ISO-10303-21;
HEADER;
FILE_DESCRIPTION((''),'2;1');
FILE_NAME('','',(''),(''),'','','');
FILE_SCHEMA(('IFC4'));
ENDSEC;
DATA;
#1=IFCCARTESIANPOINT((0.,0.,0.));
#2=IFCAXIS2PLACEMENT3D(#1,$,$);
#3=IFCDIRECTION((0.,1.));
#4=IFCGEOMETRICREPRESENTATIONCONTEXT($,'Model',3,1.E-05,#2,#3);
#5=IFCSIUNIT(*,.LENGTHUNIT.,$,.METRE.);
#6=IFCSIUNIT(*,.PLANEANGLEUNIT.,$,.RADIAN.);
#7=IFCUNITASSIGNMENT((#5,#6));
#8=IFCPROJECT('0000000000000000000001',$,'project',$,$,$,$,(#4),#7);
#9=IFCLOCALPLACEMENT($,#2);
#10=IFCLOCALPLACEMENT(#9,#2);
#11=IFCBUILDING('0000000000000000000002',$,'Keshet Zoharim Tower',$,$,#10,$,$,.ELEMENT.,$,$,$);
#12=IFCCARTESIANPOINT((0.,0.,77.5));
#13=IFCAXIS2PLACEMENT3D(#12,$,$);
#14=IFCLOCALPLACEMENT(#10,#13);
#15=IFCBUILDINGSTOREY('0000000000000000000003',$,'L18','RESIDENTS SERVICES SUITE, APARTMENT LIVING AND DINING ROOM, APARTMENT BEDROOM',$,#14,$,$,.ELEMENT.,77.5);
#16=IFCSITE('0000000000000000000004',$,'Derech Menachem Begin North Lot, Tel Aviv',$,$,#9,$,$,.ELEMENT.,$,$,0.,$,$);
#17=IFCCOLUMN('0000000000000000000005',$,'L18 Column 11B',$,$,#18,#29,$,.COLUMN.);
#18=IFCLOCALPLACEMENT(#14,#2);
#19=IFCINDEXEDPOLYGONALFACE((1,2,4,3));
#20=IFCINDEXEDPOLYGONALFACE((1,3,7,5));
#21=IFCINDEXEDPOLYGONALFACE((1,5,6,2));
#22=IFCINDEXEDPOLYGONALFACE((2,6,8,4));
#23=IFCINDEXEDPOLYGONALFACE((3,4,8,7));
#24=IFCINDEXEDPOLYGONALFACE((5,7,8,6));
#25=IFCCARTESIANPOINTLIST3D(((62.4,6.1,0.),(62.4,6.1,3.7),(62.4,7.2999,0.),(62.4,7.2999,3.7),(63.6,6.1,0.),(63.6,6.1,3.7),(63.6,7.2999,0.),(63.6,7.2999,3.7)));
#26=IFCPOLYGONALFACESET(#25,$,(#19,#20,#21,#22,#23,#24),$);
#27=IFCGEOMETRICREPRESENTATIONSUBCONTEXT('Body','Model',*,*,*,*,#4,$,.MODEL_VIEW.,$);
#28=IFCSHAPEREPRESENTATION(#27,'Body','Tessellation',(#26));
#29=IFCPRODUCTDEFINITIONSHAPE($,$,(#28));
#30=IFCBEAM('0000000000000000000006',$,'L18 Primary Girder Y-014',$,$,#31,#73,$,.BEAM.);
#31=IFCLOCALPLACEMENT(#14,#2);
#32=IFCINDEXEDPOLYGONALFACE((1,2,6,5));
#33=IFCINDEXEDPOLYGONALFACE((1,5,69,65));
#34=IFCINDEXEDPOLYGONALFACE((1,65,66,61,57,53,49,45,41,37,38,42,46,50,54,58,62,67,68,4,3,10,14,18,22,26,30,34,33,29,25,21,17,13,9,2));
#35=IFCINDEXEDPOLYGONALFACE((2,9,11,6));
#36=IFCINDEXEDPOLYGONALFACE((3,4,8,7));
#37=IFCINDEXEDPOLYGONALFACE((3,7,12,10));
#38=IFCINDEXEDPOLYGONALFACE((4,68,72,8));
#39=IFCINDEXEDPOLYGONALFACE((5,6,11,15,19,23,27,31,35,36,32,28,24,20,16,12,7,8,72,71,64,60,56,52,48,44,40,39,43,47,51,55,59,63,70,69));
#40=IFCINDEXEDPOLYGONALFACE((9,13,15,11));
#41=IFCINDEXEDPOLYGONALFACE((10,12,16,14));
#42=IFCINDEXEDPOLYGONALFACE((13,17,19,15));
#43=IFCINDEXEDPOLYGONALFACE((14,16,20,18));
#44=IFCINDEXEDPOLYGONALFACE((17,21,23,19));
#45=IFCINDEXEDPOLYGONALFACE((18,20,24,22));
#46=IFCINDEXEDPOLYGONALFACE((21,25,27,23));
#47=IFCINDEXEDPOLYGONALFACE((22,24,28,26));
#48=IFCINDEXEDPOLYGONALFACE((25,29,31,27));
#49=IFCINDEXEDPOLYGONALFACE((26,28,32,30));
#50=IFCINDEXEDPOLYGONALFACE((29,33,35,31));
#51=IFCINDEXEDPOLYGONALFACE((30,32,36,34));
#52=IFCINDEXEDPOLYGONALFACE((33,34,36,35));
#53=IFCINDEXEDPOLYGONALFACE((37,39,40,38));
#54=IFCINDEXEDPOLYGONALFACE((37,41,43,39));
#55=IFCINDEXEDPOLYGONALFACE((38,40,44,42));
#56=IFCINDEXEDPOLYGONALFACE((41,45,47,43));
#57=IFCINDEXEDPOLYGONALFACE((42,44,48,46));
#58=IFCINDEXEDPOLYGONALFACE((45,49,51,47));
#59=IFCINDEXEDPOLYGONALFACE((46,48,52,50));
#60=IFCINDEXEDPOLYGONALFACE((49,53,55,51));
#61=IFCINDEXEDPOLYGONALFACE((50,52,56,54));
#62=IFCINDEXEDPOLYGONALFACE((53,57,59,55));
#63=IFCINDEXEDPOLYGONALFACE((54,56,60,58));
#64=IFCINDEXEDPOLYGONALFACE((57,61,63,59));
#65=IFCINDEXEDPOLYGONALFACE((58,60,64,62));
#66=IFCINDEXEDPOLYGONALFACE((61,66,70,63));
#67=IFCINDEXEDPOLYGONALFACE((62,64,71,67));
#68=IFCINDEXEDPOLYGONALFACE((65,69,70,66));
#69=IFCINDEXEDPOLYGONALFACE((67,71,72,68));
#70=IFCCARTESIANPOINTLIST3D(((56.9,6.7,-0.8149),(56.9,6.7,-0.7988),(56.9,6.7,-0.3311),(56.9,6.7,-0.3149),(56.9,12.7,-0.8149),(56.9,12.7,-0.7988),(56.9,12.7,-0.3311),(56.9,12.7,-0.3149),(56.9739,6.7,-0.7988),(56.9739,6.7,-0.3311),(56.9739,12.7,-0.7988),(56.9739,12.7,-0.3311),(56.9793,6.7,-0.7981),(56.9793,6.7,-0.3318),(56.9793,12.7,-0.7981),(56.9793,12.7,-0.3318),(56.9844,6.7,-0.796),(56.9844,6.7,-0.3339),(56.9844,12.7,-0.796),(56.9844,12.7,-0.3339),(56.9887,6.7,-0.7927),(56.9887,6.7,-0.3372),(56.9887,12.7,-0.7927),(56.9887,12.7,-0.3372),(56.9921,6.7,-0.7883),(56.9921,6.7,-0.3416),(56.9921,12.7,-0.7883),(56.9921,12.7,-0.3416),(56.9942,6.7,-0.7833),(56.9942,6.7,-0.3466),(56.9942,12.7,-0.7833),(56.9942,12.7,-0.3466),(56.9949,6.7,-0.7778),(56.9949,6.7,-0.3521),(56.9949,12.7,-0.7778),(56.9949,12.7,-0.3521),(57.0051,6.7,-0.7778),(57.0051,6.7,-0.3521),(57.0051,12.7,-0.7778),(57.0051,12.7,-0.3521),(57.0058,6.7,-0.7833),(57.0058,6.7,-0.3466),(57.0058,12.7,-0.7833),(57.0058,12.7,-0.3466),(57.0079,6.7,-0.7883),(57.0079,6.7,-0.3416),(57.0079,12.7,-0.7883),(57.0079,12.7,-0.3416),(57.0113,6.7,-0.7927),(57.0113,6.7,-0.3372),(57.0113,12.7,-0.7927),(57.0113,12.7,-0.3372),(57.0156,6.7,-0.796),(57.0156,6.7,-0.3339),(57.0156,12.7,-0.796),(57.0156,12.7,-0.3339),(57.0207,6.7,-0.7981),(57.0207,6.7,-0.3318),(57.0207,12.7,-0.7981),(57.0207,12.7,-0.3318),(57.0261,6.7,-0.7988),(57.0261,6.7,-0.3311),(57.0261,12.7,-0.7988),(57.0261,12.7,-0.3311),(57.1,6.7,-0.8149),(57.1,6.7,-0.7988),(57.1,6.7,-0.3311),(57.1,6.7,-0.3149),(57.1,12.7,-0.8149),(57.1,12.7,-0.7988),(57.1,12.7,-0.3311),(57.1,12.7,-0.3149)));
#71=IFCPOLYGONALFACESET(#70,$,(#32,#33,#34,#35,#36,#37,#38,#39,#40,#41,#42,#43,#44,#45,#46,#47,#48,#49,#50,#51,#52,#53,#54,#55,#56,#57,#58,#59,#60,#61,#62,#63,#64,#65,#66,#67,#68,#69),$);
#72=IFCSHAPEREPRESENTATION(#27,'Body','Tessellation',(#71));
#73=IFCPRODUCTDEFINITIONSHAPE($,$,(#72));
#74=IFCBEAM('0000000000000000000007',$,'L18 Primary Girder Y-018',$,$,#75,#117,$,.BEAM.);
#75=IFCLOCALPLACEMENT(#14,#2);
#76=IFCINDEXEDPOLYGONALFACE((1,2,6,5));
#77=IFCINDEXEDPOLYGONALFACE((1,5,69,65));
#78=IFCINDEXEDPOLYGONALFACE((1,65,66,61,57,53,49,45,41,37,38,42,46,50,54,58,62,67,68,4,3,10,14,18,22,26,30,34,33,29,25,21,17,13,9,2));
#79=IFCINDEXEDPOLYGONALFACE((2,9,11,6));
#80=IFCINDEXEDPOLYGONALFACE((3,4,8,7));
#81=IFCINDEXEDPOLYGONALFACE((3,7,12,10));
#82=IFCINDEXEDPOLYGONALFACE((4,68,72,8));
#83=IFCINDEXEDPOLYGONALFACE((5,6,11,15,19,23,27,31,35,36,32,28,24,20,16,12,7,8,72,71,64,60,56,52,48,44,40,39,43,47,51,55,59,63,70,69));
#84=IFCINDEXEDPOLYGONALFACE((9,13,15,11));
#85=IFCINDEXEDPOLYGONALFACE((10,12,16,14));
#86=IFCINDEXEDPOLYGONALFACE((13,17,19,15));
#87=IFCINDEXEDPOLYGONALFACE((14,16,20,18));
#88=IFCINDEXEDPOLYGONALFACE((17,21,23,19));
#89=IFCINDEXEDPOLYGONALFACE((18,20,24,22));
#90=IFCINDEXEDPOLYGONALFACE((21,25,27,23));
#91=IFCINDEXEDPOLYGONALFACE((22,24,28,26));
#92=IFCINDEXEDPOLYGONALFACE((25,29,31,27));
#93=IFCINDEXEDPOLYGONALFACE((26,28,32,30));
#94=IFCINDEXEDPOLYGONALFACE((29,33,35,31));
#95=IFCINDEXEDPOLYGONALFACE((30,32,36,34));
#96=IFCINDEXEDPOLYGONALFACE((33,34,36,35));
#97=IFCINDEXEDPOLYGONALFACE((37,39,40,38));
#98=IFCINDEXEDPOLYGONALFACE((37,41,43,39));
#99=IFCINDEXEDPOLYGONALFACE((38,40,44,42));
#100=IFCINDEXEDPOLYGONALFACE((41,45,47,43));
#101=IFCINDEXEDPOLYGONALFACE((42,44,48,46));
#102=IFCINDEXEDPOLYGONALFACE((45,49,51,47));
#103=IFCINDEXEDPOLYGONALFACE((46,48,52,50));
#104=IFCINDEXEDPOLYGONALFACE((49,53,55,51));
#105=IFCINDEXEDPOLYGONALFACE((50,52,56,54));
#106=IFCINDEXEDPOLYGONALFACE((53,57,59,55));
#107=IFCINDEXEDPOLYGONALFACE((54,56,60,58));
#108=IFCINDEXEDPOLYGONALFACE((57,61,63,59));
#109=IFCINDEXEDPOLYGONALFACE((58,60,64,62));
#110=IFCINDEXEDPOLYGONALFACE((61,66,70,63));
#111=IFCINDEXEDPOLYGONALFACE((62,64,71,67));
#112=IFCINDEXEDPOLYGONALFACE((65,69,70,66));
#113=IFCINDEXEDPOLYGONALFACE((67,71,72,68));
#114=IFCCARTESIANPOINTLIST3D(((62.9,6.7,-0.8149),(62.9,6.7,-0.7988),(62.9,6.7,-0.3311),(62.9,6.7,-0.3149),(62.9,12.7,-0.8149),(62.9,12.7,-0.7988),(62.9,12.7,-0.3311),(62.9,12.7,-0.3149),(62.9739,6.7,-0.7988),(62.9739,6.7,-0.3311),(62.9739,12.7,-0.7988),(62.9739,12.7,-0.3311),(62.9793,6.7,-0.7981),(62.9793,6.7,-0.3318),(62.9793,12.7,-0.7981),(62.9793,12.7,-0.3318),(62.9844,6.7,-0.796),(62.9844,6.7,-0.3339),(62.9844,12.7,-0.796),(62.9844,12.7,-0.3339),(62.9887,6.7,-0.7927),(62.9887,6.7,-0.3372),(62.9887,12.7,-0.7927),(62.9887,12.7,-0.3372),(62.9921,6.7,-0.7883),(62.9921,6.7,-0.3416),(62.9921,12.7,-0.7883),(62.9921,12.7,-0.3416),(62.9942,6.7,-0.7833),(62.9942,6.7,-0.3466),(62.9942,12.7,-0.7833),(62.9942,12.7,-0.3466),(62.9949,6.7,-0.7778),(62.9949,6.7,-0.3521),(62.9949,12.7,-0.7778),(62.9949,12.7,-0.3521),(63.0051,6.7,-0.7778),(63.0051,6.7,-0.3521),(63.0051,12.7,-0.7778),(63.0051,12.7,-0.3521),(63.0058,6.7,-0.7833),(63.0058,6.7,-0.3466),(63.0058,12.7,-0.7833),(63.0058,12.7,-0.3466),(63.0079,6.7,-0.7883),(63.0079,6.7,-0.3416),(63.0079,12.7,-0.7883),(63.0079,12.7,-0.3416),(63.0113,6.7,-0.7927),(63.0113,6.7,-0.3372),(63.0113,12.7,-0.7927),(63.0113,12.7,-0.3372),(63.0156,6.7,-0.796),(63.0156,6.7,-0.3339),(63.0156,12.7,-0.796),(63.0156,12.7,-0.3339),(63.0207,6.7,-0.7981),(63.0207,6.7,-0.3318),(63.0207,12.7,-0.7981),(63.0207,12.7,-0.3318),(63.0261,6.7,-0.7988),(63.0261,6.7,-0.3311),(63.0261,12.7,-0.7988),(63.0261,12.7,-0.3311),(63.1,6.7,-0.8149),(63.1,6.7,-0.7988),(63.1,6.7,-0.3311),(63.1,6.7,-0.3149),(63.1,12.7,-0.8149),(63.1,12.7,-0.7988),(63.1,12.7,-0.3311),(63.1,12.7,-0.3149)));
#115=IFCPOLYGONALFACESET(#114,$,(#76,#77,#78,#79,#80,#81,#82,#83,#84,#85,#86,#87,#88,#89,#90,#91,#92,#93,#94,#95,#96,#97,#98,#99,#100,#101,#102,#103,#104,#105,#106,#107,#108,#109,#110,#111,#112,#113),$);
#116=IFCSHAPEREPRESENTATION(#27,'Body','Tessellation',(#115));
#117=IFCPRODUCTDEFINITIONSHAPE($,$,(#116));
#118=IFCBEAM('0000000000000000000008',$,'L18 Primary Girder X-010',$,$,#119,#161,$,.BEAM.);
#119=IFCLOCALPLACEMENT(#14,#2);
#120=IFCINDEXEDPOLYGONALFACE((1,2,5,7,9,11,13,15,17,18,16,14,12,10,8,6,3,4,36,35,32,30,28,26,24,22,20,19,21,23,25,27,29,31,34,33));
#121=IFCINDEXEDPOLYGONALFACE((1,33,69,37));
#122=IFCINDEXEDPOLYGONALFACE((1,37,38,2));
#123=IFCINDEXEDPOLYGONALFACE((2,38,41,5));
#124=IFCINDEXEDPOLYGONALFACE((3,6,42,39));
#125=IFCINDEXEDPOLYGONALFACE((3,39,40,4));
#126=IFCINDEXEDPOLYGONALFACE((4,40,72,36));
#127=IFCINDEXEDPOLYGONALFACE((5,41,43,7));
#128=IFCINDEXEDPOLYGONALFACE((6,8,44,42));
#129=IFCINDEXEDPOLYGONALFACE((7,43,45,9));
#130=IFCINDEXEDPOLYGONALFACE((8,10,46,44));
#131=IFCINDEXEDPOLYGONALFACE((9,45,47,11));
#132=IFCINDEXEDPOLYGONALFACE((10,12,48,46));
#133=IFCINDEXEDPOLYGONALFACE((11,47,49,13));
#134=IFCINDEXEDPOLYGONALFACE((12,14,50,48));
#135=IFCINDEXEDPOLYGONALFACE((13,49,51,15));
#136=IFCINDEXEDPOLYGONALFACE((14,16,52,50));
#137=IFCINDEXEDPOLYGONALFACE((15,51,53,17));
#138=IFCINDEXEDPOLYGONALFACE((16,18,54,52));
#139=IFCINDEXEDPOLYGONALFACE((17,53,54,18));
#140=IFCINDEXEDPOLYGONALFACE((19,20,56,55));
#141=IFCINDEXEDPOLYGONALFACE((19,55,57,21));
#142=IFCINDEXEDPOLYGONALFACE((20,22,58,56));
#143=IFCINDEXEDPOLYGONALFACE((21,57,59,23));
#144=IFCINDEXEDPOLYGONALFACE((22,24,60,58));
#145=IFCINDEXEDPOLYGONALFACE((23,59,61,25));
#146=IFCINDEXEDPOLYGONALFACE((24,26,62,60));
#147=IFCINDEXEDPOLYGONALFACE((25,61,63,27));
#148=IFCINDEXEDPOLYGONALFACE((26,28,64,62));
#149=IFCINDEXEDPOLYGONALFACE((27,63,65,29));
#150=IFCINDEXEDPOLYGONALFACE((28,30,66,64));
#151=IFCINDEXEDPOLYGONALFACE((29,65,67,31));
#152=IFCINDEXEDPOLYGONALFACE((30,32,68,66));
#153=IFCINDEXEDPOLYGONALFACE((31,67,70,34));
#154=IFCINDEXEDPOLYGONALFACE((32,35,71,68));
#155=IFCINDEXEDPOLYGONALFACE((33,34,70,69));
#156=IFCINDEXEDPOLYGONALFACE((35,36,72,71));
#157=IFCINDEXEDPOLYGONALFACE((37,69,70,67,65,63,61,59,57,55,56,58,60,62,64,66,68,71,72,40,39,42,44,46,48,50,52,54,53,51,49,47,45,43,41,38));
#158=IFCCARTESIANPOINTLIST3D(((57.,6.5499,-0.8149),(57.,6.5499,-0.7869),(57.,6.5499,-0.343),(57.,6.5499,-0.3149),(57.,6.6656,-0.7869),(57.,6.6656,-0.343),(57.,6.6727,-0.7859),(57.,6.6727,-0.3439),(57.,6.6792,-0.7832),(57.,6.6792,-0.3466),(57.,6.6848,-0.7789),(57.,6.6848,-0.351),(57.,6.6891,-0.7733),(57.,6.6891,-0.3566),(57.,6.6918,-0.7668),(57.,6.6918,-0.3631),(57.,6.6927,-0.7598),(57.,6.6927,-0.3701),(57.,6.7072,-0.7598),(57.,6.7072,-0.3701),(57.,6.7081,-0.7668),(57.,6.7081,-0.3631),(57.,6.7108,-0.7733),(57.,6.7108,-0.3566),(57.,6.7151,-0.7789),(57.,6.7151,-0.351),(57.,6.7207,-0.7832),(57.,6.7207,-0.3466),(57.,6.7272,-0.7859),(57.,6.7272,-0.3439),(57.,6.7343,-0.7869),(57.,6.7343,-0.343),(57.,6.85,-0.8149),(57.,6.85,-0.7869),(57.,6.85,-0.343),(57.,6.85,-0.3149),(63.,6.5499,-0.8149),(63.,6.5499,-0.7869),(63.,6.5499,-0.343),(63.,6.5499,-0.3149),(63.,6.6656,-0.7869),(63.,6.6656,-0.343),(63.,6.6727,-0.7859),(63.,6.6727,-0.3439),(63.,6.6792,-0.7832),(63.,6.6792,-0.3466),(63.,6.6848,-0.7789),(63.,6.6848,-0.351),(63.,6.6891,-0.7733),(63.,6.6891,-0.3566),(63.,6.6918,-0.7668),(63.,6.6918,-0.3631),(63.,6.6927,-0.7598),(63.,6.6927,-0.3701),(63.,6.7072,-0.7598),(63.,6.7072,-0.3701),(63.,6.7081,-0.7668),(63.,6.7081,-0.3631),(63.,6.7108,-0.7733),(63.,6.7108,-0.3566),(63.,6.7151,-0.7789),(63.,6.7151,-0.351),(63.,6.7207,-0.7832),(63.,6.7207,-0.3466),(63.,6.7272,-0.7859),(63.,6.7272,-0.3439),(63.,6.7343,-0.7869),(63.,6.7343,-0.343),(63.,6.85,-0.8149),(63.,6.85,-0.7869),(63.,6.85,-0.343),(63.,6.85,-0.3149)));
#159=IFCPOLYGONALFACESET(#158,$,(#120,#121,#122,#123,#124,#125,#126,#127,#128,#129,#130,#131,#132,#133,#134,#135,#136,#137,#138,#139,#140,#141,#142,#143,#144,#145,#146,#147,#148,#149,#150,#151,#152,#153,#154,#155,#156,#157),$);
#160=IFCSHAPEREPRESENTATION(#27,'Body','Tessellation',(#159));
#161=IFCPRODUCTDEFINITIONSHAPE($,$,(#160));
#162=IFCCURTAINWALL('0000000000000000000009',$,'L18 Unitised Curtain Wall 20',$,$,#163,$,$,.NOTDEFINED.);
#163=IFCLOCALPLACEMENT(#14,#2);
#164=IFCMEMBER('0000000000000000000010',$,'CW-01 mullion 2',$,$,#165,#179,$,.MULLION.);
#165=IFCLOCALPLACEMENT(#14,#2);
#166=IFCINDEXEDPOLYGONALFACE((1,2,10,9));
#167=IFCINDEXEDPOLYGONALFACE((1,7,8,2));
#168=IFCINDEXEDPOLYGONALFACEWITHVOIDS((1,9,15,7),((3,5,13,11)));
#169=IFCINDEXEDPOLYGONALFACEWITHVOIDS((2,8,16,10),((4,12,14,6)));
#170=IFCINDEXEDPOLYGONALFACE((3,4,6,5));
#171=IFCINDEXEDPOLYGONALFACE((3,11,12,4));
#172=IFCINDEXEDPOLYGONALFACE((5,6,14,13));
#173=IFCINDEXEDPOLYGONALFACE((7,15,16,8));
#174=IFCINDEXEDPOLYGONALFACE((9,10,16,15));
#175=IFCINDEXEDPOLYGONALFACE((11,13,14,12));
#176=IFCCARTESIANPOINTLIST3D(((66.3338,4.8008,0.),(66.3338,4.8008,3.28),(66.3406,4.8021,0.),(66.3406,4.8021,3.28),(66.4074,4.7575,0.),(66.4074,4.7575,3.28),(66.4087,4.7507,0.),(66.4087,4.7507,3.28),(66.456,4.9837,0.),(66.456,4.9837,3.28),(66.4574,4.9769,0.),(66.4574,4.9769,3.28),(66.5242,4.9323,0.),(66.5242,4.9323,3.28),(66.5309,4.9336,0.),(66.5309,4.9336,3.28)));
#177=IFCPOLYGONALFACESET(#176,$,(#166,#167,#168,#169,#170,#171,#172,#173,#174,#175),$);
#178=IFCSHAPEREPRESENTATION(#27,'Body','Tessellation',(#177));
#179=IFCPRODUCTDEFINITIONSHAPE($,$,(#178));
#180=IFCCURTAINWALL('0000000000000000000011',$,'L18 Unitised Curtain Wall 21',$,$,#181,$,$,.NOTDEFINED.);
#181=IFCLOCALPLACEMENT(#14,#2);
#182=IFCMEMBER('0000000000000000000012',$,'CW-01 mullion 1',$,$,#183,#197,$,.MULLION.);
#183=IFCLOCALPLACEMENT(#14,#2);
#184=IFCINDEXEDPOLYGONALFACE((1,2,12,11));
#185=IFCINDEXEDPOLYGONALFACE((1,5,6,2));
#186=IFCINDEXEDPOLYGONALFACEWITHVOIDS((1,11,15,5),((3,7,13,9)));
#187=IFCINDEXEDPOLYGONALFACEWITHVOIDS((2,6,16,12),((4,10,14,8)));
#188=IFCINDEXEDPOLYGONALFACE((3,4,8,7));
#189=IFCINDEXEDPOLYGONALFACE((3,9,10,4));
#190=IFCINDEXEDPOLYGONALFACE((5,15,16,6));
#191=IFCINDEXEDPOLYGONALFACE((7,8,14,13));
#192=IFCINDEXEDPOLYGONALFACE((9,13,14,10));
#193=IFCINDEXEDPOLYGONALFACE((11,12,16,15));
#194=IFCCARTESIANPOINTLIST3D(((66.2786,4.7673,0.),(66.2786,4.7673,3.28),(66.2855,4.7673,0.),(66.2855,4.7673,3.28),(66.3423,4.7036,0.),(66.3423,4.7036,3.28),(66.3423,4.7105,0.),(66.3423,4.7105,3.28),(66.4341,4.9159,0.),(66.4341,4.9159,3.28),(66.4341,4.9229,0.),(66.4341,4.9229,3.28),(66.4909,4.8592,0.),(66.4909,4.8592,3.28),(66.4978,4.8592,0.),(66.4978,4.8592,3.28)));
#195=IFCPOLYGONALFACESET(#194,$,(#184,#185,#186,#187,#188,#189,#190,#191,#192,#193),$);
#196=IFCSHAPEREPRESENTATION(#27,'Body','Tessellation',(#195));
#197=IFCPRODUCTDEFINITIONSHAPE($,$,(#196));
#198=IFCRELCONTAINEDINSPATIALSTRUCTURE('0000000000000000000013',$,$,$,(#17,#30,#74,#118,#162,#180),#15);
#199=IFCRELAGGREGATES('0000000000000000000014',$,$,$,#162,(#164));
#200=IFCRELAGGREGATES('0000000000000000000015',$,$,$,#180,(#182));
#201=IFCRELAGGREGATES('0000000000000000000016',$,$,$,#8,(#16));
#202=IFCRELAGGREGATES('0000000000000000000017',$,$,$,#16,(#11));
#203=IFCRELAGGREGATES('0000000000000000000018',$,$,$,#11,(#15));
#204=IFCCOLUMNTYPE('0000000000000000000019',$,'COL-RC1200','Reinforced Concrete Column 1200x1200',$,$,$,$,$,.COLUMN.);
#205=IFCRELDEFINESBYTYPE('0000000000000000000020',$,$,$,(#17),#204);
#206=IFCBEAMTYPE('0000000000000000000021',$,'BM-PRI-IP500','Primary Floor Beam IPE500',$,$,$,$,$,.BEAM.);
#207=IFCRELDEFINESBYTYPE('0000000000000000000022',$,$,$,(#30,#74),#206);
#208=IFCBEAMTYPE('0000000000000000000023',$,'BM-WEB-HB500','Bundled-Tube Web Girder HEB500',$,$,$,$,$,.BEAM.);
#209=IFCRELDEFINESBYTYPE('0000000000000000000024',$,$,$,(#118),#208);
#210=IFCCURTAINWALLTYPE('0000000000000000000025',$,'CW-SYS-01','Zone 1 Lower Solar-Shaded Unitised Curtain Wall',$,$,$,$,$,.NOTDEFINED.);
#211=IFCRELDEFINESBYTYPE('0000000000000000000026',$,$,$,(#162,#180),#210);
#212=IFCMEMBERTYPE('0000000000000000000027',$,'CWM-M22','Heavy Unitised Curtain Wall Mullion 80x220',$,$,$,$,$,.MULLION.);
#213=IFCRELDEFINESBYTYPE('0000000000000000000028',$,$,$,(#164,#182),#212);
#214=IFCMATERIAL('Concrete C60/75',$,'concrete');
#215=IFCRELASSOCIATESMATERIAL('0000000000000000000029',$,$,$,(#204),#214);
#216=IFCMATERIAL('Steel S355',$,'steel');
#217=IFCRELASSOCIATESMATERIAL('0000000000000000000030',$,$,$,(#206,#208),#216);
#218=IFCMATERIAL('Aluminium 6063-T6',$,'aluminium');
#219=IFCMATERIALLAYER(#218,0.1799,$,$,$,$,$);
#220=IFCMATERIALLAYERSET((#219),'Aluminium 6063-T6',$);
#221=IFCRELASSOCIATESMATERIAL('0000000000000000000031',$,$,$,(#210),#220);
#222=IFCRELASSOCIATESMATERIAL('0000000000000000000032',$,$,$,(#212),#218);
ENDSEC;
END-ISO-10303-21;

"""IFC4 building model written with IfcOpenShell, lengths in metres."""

from ifc_helpers import new_model, si_unit, direction, frame, origin, origin_2d, place, context, subcontext, project, spatial, rectangle, hollow_rectangle, i_section, extrude, material, layer, layer_set, material_profile, profile_set, type_object, element, aggregate, save


model = new_model("IFC4")

# Units and contexts
model_context = context("Model", 3, precision=1e-05, world=origin(), true_north=direction((0.0, 1.0)))
body_context = subcontext(model_context, "Body", "Model", "MODEL_VIEW")
ifc_project = project(units=[si_unit("LENGTHUNIT", "METRE"), si_unit("PLANEANGLEUNIT", "RADIAN")], contexts=[model_context])

# Site, building, storey
site_placement = place(None, origin())
site = spatial("IfcSite", under=ifc_project, at=site_placement, Name="Derech Menachem Begin North Lot, Tel Aviv", CompositionType="ELEMENT", RefElevation=0.0)
building_placement = place(site_placement, origin())
building = spatial("IfcBuilding", under=site, at=building_placement, Name="Keshet Zoharim Tower", CompositionType="ELEMENT")
storey_placement = place(building_placement, frame((0.0, 0.0, 77.5)))
storey = spatial("IfcBuildingStorey", under=building, at=storey_placement, Name="L18", Description="RESIDENTS SERVICES SUITE, APARTMENT LIVING AND DINING ROOM, APARTMENT BEDROOM", CompositionType="ELEMENT", Elevation=77.5)

# Column
ifc_material_1 = material(Name="Concrete C60/75", Category="concrete")
ifc_material_profile_1 = material_profile(ifc_material_1, rectangle(XDim=1.2, YDim=1.2, at=origin_2d()), Name="RC1200x1200")
ifc_profile_set_1 = profile_set([ifc_material_profile_1], Name="Concrete C60/75")
column_type = type_object("IfcColumnType", Name="COL-RC1200", Description="Reinforced Concrete Column 1200x1200", PredefinedType="COLUMN", material=ifc_profile_set_1)
column_placement = place(storey_placement, frame((63.0, 6.7, 0.0), z_axis=(0.0, 0.0, 1.0), x_axis=(1.0, 0.0, 0.0)))
element("IfcColumn", 1, at=column_placement, inside=storey, type_object=column_type, Name="L18 Column 11B", PredefinedType="COLUMN", context=body_context, shape_type="SweptSolid", body=[
    extrude(rectangle(XDim=1.2, YDim=1.2, at=origin_2d()), origin(), (0.0, 0.0, 1.0), 3.7),
])

# Beams
ifc_material_2 = material(Name="Steel S355", Category="steel")
ifc_material_profile_2 = material_profile(ifc_material_2, i_section(OverallWidth=0.2, OverallDepth=0.5, WebThickness=0.0103, FlangeThickness=0.0161, FilletRadius=0.021, at=origin_2d()), Name="IPE500")
ifc_profile_set_2 = profile_set([ifc_material_profile_2], Name="Steel S355")
beam_type_1 = type_object("IfcBeamType", Name="BM-PRI-IP500", Description="Primary Floor Beam IPE500", PredefinedType="BEAM", material=ifc_profile_set_2)
for number, where, z_axis, x_axis, name in (
    (2, (57.0, 6.7, -0.5649), (0.0, 1.0, 0.0), (-1.0, 0.0, 0.0), "L18 Primary Girder Y-014"),
    (3, (63.0, 6.7, -0.5649), (0.0, 1.0, 0.0), (-1.0, 0.0, 0.0), "L18 Primary Girder Y-018"),
):
    element("IfcBeam", number, at=place(storey_placement, frame(where, z_axis=z_axis, x_axis=x_axis)), inside=storey, type_object=beam_type_1, Name=name, PredefinedType="BEAM", context=body_context, shape_type="SweptSolid", body=[
        extrude(i_section(OverallWidth=0.2, OverallDepth=0.5, WebThickness=0.0103, FlangeThickness=0.0161, FilletRadius=0.021, at=origin_2d()), origin(), (0.0, 0.0, 1.0), 6.0),
    ])
ifc_material_profile_3 = material_profile(ifc_material_2, i_section(OverallWidth=0.3, OverallDepth=0.5, WebThickness=0.0144, FlangeThickness=0.0281, FilletRadius=0.0271, at=origin_2d()), Name="HEB500")
ifc_profile_set_3 = profile_set([ifc_material_profile_3], Name="Steel S355")
beam_type_2 = type_object("IfcBeamType", Name="BM-WEB-HB500", Description="Bundled-Tube Web Girder HEB500", PredefinedType="BEAM", material=ifc_profile_set_3)
beam_placement = place(storey_placement, frame((57.0, 6.7, -0.5649), z_axis=(1.0, 0.0, 0.0), x_axis=(0.0, 1.0, 0.0)))
element("IfcBeam", 4, at=beam_placement, inside=storey, type_object=beam_type_2, Name="L18 Primary Girder X-010", PredefinedType="BEAM", context=body_context, shape_type="SweptSolid", body=[
    extrude(i_section(OverallWidth=0.3, OverallDepth=0.5, WebThickness=0.0144, FlangeThickness=0.0281, FilletRadius=0.0271, at=origin_2d()), origin(), (0.0, 0.0, 1.0), 6.0),
])

# Curtain wall, member
ifc_material_3 = material(Name="Aluminium 6063-T6", Category="aluminium")
ifc_layer_1 = layer(ifc_material_3, 0.1799)
ifc_layer_set_1 = layer_set([ifc_layer_1], Name="Aluminium 6063-T6")
curtain_wall_type = type_object("IfcCurtainWallType", Name="CW-SYS-01", Description="Zone 1 Lower Solar-Shaded Unitised Curtain Wall", PredefinedType="NOTDEFINED", material=ifc_layer_set_1)
curtain_wall_1_placement = place(storey_placement, origin())
curtain_wall_1 = element("IfcCurtainWall", 5, at=curtain_wall_1_placement, inside=storey, type_object=curtain_wall_type, Name="L18 Unitised Curtain Wall 20", PredefinedType="NOTDEFINED")
ifc_material_profile_4 = material_profile(ifc_material_3, hollow_rectangle(XDim=0.0901, YDim=0.22, WallThickness=0.0049, at=origin_2d()), Name="MUL-90x220")
ifc_profile_set_4 = profile_set([ifc_material_profile_4], Name="Aluminium 6063-T6")
member_type_1 = type_object("IfcMemberType", Name="CWM-M22", Description="Heavy Unitised Curtain Wall Mullion 80x220", PredefinedType="MULLION", material=ifc_profile_set_4)
member_1_placement = place(storey_placement, frame((66.4324, 4.8672, 0.0), z_axis=(0.0, 0.0, 1.0), x_axis=(0.831474, -0.555563, 0.0)))
member_1 = element("IfcMember", 6, at=member_1_placement, type_object=member_type_1, Name="CW-01 mullion 2", PredefinedType="MULLION", context=body_context, shape_type="SweptSolid", body=[
    extrude(hollow_rectangle(XDim=0.0901, YDim=0.22, WallThickness=0.0049, at=origin_2d()), origin(), (0.0, 0.0, 1.0), 3.28),
])

# Curtain wall, member
curtain_wall_2_placement = place(storey_placement, origin())
curtain_wall_2 = element("IfcCurtainWall", 7, at=curtain_wall_2_placement, inside=storey, type_object=curtain_wall_type, Name="L18 Unitised Curtain Wall 21", PredefinedType="NOTDEFINED")
member_2_placement = place(storey_placement, frame((66.3882, 4.8132, 0.0), z_axis=(0.0, 0.0, 1.0), x_axis=(0.707107, -0.707107, 0.0)))
member_2 = element("IfcMember", 8, at=member_2_placement, type_object=member_type_1, Name="CW-01 mullion 1", PredefinedType="MULLION", context=body_context, shape_type="SweptSolid", body=[
    extrude(hollow_rectangle(XDim=0.0901, YDim=0.22, WallThickness=0.0049, at=origin_2d()), origin(), (0.0, 0.0, 1.0), 3.28),
])

aggregate(curtain_wall_1, [member_1])
aggregate(curtain_wall_2, [member_2])

save(model, "model.ifc")
